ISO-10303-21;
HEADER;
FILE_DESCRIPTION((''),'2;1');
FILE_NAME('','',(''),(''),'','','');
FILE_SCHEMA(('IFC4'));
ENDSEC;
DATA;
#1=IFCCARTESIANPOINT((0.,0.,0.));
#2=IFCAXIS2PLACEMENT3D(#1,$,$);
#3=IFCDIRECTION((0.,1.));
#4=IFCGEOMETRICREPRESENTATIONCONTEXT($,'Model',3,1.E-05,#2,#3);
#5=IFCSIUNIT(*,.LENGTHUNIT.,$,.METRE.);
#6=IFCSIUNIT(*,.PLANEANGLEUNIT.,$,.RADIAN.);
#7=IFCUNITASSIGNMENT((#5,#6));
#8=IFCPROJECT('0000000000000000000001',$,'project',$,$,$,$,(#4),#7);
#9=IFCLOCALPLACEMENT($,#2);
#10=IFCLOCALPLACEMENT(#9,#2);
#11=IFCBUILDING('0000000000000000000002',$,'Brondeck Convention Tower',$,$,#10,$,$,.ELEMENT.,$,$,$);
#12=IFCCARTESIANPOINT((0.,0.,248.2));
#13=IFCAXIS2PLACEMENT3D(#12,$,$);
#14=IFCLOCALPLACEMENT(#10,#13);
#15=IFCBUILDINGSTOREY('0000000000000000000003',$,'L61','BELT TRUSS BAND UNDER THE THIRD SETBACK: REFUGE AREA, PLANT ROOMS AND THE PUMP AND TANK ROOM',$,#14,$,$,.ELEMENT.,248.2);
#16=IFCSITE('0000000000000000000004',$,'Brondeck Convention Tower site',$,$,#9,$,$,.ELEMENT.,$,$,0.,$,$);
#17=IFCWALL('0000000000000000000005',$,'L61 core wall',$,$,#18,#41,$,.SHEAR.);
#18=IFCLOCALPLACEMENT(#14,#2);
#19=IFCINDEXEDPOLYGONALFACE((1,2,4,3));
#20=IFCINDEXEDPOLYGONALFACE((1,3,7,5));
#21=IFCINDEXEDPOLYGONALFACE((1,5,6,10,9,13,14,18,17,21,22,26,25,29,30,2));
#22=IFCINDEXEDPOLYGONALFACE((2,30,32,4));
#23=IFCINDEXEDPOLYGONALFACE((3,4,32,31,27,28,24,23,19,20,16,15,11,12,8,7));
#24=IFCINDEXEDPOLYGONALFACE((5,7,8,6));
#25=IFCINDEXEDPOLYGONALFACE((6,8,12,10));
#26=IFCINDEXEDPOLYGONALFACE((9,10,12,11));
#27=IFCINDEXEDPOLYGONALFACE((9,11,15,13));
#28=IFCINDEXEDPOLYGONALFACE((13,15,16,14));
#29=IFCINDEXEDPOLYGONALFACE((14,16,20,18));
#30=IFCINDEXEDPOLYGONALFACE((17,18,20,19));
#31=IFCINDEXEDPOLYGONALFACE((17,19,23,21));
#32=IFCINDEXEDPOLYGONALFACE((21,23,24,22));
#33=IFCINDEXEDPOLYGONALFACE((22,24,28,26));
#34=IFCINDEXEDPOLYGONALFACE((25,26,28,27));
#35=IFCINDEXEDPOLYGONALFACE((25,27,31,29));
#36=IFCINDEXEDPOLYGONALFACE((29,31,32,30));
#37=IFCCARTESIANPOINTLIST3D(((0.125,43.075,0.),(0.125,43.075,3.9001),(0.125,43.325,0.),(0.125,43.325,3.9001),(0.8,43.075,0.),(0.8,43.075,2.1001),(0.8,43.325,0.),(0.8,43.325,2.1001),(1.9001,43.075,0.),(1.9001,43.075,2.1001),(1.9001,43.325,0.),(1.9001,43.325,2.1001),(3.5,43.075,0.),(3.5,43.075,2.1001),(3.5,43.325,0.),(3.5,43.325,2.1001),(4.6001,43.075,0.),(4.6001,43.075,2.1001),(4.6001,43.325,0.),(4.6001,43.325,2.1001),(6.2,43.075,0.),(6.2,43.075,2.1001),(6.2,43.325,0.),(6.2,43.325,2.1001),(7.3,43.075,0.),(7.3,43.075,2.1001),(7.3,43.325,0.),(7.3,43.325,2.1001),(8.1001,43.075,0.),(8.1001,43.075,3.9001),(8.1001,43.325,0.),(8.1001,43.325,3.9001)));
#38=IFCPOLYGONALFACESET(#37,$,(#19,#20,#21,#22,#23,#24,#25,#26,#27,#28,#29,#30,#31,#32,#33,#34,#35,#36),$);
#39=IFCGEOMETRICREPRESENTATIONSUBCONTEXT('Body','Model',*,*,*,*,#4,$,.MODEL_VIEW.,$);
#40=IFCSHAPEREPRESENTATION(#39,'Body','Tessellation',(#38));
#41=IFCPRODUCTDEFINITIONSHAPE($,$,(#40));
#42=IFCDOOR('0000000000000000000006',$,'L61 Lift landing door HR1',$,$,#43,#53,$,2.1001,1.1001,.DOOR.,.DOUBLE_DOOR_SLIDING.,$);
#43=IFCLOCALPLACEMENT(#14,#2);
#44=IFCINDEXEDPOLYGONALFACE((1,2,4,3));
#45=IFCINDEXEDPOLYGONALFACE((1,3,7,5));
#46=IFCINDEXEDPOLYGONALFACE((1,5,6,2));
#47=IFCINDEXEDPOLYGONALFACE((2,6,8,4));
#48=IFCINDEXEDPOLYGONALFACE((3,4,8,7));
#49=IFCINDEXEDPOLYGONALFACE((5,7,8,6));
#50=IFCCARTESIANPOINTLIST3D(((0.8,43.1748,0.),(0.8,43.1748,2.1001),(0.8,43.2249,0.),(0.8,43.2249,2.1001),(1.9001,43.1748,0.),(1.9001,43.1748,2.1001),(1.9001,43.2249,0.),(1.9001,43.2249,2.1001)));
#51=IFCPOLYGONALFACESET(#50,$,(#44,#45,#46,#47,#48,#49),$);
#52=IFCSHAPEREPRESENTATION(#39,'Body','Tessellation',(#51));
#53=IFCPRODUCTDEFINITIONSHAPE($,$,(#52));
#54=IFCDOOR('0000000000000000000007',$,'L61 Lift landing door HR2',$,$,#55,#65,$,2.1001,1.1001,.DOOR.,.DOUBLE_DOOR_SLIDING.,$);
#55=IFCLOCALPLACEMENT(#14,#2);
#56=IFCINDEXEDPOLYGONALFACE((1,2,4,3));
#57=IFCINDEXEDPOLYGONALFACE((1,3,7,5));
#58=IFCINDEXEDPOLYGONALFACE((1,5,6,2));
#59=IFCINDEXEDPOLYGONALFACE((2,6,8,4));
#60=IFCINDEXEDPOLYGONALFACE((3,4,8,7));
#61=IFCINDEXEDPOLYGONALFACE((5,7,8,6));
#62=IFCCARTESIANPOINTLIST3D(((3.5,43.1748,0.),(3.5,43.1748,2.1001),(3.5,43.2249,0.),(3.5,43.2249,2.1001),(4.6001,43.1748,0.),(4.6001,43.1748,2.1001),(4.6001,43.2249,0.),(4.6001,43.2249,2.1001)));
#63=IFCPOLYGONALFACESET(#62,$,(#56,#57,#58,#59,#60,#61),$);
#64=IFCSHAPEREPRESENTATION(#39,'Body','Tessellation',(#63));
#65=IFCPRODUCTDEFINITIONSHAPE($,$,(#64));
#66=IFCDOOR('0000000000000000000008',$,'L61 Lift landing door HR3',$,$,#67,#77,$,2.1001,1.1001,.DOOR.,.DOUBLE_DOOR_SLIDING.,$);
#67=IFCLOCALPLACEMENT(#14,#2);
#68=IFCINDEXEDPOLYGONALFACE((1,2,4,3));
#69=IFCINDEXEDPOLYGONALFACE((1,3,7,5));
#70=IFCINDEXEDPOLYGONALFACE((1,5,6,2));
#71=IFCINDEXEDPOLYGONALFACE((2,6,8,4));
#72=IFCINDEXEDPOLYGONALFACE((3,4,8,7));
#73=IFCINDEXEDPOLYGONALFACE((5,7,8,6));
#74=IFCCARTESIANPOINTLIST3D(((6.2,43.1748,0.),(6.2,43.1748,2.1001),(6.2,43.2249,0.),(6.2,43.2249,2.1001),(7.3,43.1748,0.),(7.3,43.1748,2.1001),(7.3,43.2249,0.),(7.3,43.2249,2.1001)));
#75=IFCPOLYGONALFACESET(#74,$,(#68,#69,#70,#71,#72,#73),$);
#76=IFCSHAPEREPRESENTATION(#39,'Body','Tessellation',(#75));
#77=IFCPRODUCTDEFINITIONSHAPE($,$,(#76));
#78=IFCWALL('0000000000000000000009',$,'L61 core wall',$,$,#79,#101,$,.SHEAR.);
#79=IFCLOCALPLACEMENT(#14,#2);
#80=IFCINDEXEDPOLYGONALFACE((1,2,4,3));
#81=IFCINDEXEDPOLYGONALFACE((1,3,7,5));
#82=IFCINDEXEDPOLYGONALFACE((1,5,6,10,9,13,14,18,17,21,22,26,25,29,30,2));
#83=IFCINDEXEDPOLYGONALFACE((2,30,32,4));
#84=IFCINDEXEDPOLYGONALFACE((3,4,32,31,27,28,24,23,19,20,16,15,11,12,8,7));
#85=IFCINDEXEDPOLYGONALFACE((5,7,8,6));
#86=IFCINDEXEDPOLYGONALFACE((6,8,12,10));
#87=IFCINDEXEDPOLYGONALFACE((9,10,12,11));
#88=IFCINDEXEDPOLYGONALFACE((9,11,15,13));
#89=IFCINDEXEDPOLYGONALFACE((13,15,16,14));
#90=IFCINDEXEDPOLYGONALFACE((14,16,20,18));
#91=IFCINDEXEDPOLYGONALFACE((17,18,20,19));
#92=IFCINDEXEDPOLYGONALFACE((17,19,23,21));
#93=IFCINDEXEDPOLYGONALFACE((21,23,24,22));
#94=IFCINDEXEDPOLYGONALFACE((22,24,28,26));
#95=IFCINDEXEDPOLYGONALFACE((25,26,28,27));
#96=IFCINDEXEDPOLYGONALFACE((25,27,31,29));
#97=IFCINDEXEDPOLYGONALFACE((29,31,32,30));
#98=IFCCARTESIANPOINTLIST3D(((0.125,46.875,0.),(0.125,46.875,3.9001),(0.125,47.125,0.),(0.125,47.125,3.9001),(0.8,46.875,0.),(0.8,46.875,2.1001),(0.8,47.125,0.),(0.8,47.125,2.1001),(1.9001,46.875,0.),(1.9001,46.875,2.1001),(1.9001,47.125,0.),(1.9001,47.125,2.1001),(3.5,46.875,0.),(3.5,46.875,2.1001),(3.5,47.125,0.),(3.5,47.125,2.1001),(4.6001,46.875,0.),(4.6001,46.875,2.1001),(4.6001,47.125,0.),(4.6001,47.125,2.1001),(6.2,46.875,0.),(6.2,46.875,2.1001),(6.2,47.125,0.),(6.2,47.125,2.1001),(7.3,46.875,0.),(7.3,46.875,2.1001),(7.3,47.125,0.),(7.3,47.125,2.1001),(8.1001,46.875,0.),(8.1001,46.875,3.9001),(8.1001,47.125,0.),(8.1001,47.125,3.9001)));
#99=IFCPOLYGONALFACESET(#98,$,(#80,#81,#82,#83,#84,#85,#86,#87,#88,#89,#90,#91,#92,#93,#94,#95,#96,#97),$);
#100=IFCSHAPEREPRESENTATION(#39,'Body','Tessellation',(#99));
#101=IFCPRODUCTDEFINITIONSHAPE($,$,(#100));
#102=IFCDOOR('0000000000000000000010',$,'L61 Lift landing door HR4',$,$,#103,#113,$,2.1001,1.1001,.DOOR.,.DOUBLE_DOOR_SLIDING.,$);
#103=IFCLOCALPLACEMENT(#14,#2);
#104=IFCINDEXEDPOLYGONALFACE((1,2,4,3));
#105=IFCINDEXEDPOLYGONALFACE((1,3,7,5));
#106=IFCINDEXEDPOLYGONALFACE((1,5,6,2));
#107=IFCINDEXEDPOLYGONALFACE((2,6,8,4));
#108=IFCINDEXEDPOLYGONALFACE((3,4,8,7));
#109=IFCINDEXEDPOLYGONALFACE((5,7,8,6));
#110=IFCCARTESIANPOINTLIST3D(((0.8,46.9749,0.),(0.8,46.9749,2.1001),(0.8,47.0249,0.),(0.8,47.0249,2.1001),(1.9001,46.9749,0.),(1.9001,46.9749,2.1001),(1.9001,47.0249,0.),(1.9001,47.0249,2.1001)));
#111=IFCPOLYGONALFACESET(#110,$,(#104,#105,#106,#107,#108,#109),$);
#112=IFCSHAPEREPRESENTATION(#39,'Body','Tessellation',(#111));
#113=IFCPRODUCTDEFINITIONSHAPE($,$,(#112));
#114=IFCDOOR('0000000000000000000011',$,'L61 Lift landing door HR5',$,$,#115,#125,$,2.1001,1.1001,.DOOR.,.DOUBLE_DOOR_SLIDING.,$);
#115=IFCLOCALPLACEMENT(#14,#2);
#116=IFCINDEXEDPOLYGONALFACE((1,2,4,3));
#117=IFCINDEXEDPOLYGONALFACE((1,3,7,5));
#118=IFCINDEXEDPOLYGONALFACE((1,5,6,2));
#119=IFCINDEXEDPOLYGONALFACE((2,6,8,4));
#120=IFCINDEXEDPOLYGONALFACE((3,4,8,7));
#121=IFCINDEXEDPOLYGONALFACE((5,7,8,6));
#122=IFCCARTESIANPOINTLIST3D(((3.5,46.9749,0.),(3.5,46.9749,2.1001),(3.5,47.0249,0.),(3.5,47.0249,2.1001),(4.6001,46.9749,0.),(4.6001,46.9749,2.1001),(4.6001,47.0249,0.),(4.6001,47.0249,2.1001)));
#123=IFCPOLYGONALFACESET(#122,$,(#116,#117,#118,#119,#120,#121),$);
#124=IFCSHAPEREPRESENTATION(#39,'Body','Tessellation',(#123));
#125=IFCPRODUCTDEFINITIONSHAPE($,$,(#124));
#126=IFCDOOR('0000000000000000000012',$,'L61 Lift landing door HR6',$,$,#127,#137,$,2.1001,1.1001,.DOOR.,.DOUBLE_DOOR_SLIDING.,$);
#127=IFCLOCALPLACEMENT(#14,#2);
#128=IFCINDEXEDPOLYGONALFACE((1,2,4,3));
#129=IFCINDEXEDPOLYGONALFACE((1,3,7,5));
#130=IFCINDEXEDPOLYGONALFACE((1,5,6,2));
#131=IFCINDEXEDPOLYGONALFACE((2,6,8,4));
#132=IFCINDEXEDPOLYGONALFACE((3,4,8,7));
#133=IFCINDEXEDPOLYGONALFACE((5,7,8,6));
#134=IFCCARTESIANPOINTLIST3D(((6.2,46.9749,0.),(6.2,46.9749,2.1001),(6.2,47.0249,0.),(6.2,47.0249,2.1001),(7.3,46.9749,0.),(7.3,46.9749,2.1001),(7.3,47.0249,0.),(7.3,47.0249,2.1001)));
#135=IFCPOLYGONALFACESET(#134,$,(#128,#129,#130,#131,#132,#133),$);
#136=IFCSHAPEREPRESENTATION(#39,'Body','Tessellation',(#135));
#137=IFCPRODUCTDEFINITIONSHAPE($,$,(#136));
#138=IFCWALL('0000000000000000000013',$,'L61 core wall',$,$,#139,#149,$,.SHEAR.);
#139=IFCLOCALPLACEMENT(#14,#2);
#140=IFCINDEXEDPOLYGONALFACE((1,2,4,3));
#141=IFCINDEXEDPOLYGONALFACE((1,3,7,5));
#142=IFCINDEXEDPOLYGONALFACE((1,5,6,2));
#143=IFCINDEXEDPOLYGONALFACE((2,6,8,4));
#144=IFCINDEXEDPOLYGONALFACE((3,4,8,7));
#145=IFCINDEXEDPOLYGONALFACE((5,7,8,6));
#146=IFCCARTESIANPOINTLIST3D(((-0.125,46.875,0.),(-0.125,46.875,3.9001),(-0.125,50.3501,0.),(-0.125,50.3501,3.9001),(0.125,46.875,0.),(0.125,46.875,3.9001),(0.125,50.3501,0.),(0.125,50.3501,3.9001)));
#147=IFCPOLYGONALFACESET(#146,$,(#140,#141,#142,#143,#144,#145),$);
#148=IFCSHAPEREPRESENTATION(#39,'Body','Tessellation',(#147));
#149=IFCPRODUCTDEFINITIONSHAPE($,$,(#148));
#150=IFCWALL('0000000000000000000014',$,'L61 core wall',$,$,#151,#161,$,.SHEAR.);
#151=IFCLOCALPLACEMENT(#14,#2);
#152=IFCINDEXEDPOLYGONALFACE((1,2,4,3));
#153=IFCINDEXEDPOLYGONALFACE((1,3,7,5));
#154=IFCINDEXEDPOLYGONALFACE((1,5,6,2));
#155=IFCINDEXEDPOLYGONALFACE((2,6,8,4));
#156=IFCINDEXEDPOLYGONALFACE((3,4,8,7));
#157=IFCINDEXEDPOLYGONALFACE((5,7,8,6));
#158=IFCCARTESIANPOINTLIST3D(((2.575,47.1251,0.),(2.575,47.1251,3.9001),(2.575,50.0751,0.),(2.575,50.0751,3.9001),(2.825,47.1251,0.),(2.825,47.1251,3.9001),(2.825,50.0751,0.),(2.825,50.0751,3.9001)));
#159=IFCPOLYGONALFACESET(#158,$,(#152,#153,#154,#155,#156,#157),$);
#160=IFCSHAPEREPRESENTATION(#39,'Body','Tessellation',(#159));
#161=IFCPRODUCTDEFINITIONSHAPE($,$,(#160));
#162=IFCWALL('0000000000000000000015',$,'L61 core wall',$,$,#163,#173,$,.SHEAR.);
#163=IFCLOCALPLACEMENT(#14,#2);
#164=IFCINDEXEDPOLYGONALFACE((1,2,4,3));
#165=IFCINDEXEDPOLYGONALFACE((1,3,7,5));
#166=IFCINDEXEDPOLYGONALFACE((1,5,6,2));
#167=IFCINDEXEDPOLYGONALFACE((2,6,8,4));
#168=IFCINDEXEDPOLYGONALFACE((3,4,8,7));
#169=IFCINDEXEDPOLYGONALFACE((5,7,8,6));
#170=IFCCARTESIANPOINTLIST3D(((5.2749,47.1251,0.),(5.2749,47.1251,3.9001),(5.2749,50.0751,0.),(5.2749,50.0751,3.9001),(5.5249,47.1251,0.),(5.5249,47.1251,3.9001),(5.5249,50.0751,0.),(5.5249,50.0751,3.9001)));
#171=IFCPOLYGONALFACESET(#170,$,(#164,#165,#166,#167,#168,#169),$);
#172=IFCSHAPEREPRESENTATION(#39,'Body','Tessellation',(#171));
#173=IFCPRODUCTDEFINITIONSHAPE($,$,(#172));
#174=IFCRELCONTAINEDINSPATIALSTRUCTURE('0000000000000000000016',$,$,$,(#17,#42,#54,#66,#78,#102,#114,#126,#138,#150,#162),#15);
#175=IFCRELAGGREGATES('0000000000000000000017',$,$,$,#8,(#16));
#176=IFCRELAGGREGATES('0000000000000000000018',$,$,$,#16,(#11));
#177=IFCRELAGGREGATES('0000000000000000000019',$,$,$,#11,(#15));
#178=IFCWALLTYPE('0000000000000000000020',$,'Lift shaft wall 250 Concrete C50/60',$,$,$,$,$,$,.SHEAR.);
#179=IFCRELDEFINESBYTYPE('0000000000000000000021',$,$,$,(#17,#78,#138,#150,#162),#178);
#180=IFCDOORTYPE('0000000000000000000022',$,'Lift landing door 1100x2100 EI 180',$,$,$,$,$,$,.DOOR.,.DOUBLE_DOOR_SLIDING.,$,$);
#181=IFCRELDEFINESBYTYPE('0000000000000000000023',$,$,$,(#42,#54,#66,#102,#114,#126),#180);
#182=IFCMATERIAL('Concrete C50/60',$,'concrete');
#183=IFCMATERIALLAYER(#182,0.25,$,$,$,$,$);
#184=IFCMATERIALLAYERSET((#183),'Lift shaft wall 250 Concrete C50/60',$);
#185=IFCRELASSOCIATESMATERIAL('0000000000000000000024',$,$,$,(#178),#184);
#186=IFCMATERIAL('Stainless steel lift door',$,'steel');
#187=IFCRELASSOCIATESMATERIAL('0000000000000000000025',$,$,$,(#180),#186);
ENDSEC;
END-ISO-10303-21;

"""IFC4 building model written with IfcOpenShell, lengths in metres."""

from ifc_helpers import new_model, si_unit, direction, frame, frame_2d, origin, place, context, subcontext, project, spatial, rectangle, extrude, material, layer, layer_set, type_object, element, fill, save


model = new_model("IFC4")

# Units and contexts
model_context = context("Model", 3, precision=1e-05, world=origin(), true_north=direction((0.0, 1.0)))
body_context = subcontext(model_context, "Body", "Model", "MODEL_VIEW")
ifc_project = project(units=[si_unit("LENGTHUNIT", "METRE"), si_unit("PLANEANGLEUNIT", "RADIAN")], contexts=[model_context])

# Site, building, storey
site_placement = place(None, origin())
site = spatial("IfcSite", under=ifc_project, at=site_placement, Name="Brondeck Convention Tower site", CompositionType="ELEMENT", RefElevation=0.0)
building_placement = place(site_placement, origin())
building = spatial("IfcBuilding", under=site, at=building_placement, Name="Brondeck Convention Tower", CompositionType="ELEMENT")
storey_placement = place(building_placement, frame((0.0, 0.0, 248.2)))
storey = spatial("IfcBuildingStorey", under=building, at=storey_placement, Name="L61", Description="BELT TRUSS BAND UNDER THE THIRD SETBACK: REFUGE AREA, PLANT ROOMS AND THE PUMP AND TANK ROOM", CompositionType="ELEMENT", Elevation=248.2)

# Shared definitions
ifc_material_1 = material(Name="Concrete C50/60", Category="concrete")

# Walls, openings, doors
ifc_layer_1 = layer(ifc_material_1, 0.25)
ifc_layer_set_1 = layer_set([ifc_layer_1], Name="Lift shaft wall 250 Concrete C50/60")
wall_type_1 = type_object("IfcWallType", Name="Lift shaft wall 250 Concrete C50/60", PredefinedType="SHEAR", material=ifc_layer_set_1)
wall_1_placement = place(storey_placement, frame((0.125, 43.2, 0.0), z_axis=(0.0, 0.0, 1.0), x_axis=(1.0, 0.0, 0.0)))
wall_1 = element("IfcWall", 1, at=wall_1_placement, inside=storey, type_object=wall_type_1, Name="L61 core wall", PredefinedType="SHEAR", context=body_context, shape_type="SweptSolid", body=[
    extrude(rectangle(XDim=7.9751, YDim=0.25, at=frame_2d((3.9875, 0.0))), origin(), (0.0, 0.0, 1.0), 3.9001),
])
opening_1_placement = place(wall_1_placement, frame((0.675, 0.0, 0.0)))
opening_1 = element("IfcOpeningElement", 2, at=opening_1_placement, cuts=wall_1, PredefinedType="OPENING", context=body_context, shape_type="SweptSolid", body=[
    extrude(rectangle(XDim=1.1001, YDim=2.1001, at=frame_2d((0.55, 1.05))), frame((0.0, 0.135, 0.0), z_axis=(0.0, -1.0, 0.0), x_axis=(1.0, 0.0, 0.0)), (0.0, 0.0, 1.0), 0.27),
])
opening_2_placement = place(wall_1_placement, frame((3.375, 0.0, 0.0)))
opening_2 = element("IfcOpeningElement", 3, at=opening_2_placement, cuts=wall_1, PredefinedType="OPENING", context=body_context, shape_type="SweptSolid", body=[
    extrude(rectangle(XDim=1.1001, YDim=2.1001, at=frame_2d((0.55, 1.05))), frame((0.0, 0.135, 0.0), z_axis=(0.0, -1.0, 0.0), x_axis=(1.0, 0.0, 0.0)), (0.0, 0.0, 1.0), 0.27),
])
opening_3_placement = place(wall_1_placement, frame((6.075, 0.0, 0.0)))
opening_3 = element("IfcOpeningElement", 4, at=opening_3_placement, cuts=wall_1, PredefinedType="OPENING", context=body_context, shape_type="SweptSolid", body=[
    extrude(rectangle(XDim=1.1001, YDim=2.1001, at=frame_2d((0.55, 1.05))), frame((0.0, 0.135, 0.0), z_axis=(0.0, -1.0, 0.0), x_axis=(1.0, 0.0, 0.0)), (0.0, 0.0, 1.0), 0.27),
])
ifc_material_2 = material(Name="Stainless steel lift door", Category="steel")
door_type = type_object("IfcDoorType", Name="Lift landing door 1100x2100 EI 180", OperationType="DOUBLE_DOOR_SLIDING", PredefinedType="DOOR", material=ifc_material_2)
door_1_placement = place(opening_1_placement, origin())
door_1 = element("IfcDoor", 5, at=door_1_placement, inside=storey, type_object=door_type, Name="L61 Lift landing door HR1", OperationType="DOUBLE_DOOR_SLIDING", OverallHeight=2.1001, OverallWidth=1.1001, PredefinedType="DOOR", context=body_context, shape_type="SweptSolid", body=[
    extrude(rectangle(XDim=1.1001, YDim=2.1001, at=frame_2d((0.55, 1.05))), frame((0.0, 0.0249, 0.0), z_axis=(0.0, -1.0, 0.0), x_axis=(1.0, 0.0, 0.0)), (0.0, 0.0, 1.0), 0.05),
])
fill(opening_1, door_1)
door_2_placement = place(opening_2_placement, origin())
door_2 = element("IfcDoor", 6, at=door_2_placement, inside=storey, type_object=door_type, Name="L61 Lift landing door HR2", OperationType="DOUBLE_DOOR_SLIDING", OverallHeight=2.1001, OverallWidth=1.1001, PredefinedType="DOOR", context=body_context, shape_type="SweptSolid", body=[
    extrude(rectangle(XDim=1.1001, YDim=2.1001, at=frame_2d((0.55, 1.05))), frame((0.0, 0.0249, 0.0), z_axis=(0.0, -1.0, 0.0), x_axis=(1.0, 0.0, 0.0)), (0.0, 0.0, 1.0), 0.05),
])
fill(opening_2, door_2)
door_3_placement = place(opening_3_placement, origin())
door_3 = element("IfcDoor", 7, at=door_3_placement, inside=storey, type_object=door_type, Name="L61 Lift landing door HR3", OperationType="DOUBLE_DOOR_SLIDING", OverallHeight=2.1001, OverallWidth=1.1001, PredefinedType="DOOR", context=body_context, shape_type="SweptSolid", body=[
    extrude(rectangle(XDim=1.1001, YDim=2.1001, at=frame_2d((0.55, 1.05))), frame((0.0, 0.0249, 0.0), z_axis=(0.0, -1.0, 0.0), x_axis=(1.0, 0.0, 0.0)), (0.0, 0.0, 1.0), 0.05),
])
fill(opening_3, door_3)
wall_2_placement = place(storey_placement, frame((0.125, 47.0, 0.0), z_axis=(0.0, 0.0, 1.0), x_axis=(1.0, 0.0, 0.0)))
wall_2 = element("IfcWall", 8, at=wall_2_placement, inside=storey, type_object=wall_type_1, Name="L61 core wall", PredefinedType="SHEAR", context=body_context, shape_type="SweptSolid", body=[
    extrude(rectangle(XDim=7.9751, YDim=0.25, at=frame_2d((3.9875, 0.0))), origin(), (0.0, 0.0, 1.0), 3.9001),
])
opening_4_placement = place(wall_2_placement, frame((0.675, 0.0, 0.0)))
opening_4 = element("IfcOpeningElement", 9, at=opening_4_placement, cuts=wall_2, PredefinedType="OPENING", context=body_context, shape_type="SweptSolid", body=[
    extrude(rectangle(XDim=1.1001, YDim=2.1001, at=frame_2d((0.55, 1.05))), frame((0.0, 0.135, 0.0), z_axis=(0.0, -1.0, 0.0), x_axis=(1.0, 0.0, 0.0)), (0.0, 0.0, 1.0), 0.27),
])
opening_5_placement = place(wall_2_placement, frame((3.375, 0.0, 0.0)))
opening_5 = element("IfcOpeningElement", 10, at=opening_5_placement, cuts=wall_2, PredefinedType="OPENING", context=body_context, shape_type="SweptSolid", body=[
    extrude(rectangle(XDim=1.1001, YDim=2.1001, at=frame_2d((0.55, 1.05))), frame((0.0, 0.135, 0.0), z_axis=(0.0, -1.0, 0.0), x_axis=(1.0, 0.0, 0.0)), (0.0, 0.0, 1.0), 0.27),
])
opening_6_placement = place(wall_2_placement, frame((6.075, 0.0, 0.0)))
opening_6 = element("IfcOpeningElement", 11, at=opening_6_placement, cuts=wall_2, PredefinedType="OPENING", context=body_context, shape_type="SweptSolid", body=[
    extrude(rectangle(XDim=1.1001, YDim=2.1001, at=frame_2d((0.55, 1.05))), frame((0.0, 0.135, 0.0), z_axis=(0.0, -1.0, 0.0), x_axis=(1.0, 0.0, 0.0)), (0.0, 0.0, 1.0), 0.27),
])
door_4_placement = place(opening_4_placement, origin())
door_4 = element("IfcDoor", 12, at=door_4_placement, inside=storey, type_object=door_type, Name="L61 Lift landing door HR4", OperationType="DOUBLE_DOOR_SLIDING", OverallHeight=2.1001, OverallWidth=1.1001, PredefinedType="DOOR", context=body_context, shape_type="SweptSolid", body=[
    extrude(rectangle(XDim=1.1001, YDim=2.1001, at=frame_2d((0.55, 1.05))), frame((0.0, 0.0249, 0.0), z_axis=(0.0, -1.0, 0.0), x_axis=(1.0, 0.0, 0.0)), (0.0, 0.0, 1.0), 0.05),
])
fill(opening_4, door_4)
door_5_placement = place(opening_5_placement, origin())
door_5 = element("IfcDoor", 13, at=door_5_placement, inside=storey, type_object=door_type, Name="L61 Lift landing door HR5", OperationType="DOUBLE_DOOR_SLIDING", OverallHeight=2.1001, OverallWidth=1.1001, PredefinedType="DOOR", context=body_context, shape_type="SweptSolid", body=[
    extrude(rectangle(XDim=1.1001, YDim=2.1001, at=frame_2d((0.55, 1.05))), frame((0.0, 0.0249, 0.0), z_axis=(0.0, -1.0, 0.0), x_axis=(1.0, 0.0, 0.0)), (0.0, 0.0, 1.0), 0.05),
])
fill(opening_5, door_5)
door_6_placement = place(opening_6_placement, origin())
door_6 = element("IfcDoor", 14, at=door_6_placement, inside=storey, type_object=door_type, Name="L61 Lift landing door HR6", OperationType="DOUBLE_DOOR_SLIDING", OverallHeight=2.1001, OverallWidth=1.1001, PredefinedType="DOOR", context=body_context, shape_type="SweptSolid", body=[
    extrude(rectangle(XDim=1.1001, YDim=2.1001, at=frame_2d((0.55, 1.05))), frame((0.0, 0.0249, 0.0), z_axis=(0.0, -1.0, 0.0), x_axis=(1.0, 0.0, 0.0)), (0.0, 0.0, 1.0), 0.05),
])
fill(opening_6, door_6)

# Walls
wall_3_placement = place(storey_placement, frame((0.0, 46.875, 0.0), z_axis=(0.0, 0.0, 1.0), x_axis=(0.0, 1.0, 0.0)))
element("IfcWall", 15, at=wall_3_placement, inside=storey, type_object=wall_type_1, Name="L61 core wall", PredefinedType="SHEAR", context=body_context, shape_type="SweptSolid", body=[
    extrude(rectangle(XDim=3.4751, YDim=0.25, at=frame_2d((1.7375, 0.0))), origin(), (0.0, 0.0, 1.0), 3.9001),
])
for number, where, z_axis, x_axis, name in (
    (16, (2.7, 47.125, 0.0), (0.0, 0.0, 1.0), (0.0, 1.0, 0.0), "L61 core wall"),
    (17, (5.3999, 47.125, 0.0), (0.0, 0.0, 1.0), (0.0, 1.0, 0.0), "L61 core wall"),
):
    element("IfcWall", number, at=place(storey_placement, frame(where, z_axis=z_axis, x_axis=x_axis)), inside=storey, type_object=wall_type_1, Name=name, PredefinedType="SHEAR", context=body_context, shape_type="SweptSolid", body=[
        extrude(rectangle(XDim=2.95, YDim=0.25, at=frame_2d((1.4751, 0.0))), origin(), (0.0, 0.0, 1.0), 3.9001),
    ])

save(model, "model.ifc")
